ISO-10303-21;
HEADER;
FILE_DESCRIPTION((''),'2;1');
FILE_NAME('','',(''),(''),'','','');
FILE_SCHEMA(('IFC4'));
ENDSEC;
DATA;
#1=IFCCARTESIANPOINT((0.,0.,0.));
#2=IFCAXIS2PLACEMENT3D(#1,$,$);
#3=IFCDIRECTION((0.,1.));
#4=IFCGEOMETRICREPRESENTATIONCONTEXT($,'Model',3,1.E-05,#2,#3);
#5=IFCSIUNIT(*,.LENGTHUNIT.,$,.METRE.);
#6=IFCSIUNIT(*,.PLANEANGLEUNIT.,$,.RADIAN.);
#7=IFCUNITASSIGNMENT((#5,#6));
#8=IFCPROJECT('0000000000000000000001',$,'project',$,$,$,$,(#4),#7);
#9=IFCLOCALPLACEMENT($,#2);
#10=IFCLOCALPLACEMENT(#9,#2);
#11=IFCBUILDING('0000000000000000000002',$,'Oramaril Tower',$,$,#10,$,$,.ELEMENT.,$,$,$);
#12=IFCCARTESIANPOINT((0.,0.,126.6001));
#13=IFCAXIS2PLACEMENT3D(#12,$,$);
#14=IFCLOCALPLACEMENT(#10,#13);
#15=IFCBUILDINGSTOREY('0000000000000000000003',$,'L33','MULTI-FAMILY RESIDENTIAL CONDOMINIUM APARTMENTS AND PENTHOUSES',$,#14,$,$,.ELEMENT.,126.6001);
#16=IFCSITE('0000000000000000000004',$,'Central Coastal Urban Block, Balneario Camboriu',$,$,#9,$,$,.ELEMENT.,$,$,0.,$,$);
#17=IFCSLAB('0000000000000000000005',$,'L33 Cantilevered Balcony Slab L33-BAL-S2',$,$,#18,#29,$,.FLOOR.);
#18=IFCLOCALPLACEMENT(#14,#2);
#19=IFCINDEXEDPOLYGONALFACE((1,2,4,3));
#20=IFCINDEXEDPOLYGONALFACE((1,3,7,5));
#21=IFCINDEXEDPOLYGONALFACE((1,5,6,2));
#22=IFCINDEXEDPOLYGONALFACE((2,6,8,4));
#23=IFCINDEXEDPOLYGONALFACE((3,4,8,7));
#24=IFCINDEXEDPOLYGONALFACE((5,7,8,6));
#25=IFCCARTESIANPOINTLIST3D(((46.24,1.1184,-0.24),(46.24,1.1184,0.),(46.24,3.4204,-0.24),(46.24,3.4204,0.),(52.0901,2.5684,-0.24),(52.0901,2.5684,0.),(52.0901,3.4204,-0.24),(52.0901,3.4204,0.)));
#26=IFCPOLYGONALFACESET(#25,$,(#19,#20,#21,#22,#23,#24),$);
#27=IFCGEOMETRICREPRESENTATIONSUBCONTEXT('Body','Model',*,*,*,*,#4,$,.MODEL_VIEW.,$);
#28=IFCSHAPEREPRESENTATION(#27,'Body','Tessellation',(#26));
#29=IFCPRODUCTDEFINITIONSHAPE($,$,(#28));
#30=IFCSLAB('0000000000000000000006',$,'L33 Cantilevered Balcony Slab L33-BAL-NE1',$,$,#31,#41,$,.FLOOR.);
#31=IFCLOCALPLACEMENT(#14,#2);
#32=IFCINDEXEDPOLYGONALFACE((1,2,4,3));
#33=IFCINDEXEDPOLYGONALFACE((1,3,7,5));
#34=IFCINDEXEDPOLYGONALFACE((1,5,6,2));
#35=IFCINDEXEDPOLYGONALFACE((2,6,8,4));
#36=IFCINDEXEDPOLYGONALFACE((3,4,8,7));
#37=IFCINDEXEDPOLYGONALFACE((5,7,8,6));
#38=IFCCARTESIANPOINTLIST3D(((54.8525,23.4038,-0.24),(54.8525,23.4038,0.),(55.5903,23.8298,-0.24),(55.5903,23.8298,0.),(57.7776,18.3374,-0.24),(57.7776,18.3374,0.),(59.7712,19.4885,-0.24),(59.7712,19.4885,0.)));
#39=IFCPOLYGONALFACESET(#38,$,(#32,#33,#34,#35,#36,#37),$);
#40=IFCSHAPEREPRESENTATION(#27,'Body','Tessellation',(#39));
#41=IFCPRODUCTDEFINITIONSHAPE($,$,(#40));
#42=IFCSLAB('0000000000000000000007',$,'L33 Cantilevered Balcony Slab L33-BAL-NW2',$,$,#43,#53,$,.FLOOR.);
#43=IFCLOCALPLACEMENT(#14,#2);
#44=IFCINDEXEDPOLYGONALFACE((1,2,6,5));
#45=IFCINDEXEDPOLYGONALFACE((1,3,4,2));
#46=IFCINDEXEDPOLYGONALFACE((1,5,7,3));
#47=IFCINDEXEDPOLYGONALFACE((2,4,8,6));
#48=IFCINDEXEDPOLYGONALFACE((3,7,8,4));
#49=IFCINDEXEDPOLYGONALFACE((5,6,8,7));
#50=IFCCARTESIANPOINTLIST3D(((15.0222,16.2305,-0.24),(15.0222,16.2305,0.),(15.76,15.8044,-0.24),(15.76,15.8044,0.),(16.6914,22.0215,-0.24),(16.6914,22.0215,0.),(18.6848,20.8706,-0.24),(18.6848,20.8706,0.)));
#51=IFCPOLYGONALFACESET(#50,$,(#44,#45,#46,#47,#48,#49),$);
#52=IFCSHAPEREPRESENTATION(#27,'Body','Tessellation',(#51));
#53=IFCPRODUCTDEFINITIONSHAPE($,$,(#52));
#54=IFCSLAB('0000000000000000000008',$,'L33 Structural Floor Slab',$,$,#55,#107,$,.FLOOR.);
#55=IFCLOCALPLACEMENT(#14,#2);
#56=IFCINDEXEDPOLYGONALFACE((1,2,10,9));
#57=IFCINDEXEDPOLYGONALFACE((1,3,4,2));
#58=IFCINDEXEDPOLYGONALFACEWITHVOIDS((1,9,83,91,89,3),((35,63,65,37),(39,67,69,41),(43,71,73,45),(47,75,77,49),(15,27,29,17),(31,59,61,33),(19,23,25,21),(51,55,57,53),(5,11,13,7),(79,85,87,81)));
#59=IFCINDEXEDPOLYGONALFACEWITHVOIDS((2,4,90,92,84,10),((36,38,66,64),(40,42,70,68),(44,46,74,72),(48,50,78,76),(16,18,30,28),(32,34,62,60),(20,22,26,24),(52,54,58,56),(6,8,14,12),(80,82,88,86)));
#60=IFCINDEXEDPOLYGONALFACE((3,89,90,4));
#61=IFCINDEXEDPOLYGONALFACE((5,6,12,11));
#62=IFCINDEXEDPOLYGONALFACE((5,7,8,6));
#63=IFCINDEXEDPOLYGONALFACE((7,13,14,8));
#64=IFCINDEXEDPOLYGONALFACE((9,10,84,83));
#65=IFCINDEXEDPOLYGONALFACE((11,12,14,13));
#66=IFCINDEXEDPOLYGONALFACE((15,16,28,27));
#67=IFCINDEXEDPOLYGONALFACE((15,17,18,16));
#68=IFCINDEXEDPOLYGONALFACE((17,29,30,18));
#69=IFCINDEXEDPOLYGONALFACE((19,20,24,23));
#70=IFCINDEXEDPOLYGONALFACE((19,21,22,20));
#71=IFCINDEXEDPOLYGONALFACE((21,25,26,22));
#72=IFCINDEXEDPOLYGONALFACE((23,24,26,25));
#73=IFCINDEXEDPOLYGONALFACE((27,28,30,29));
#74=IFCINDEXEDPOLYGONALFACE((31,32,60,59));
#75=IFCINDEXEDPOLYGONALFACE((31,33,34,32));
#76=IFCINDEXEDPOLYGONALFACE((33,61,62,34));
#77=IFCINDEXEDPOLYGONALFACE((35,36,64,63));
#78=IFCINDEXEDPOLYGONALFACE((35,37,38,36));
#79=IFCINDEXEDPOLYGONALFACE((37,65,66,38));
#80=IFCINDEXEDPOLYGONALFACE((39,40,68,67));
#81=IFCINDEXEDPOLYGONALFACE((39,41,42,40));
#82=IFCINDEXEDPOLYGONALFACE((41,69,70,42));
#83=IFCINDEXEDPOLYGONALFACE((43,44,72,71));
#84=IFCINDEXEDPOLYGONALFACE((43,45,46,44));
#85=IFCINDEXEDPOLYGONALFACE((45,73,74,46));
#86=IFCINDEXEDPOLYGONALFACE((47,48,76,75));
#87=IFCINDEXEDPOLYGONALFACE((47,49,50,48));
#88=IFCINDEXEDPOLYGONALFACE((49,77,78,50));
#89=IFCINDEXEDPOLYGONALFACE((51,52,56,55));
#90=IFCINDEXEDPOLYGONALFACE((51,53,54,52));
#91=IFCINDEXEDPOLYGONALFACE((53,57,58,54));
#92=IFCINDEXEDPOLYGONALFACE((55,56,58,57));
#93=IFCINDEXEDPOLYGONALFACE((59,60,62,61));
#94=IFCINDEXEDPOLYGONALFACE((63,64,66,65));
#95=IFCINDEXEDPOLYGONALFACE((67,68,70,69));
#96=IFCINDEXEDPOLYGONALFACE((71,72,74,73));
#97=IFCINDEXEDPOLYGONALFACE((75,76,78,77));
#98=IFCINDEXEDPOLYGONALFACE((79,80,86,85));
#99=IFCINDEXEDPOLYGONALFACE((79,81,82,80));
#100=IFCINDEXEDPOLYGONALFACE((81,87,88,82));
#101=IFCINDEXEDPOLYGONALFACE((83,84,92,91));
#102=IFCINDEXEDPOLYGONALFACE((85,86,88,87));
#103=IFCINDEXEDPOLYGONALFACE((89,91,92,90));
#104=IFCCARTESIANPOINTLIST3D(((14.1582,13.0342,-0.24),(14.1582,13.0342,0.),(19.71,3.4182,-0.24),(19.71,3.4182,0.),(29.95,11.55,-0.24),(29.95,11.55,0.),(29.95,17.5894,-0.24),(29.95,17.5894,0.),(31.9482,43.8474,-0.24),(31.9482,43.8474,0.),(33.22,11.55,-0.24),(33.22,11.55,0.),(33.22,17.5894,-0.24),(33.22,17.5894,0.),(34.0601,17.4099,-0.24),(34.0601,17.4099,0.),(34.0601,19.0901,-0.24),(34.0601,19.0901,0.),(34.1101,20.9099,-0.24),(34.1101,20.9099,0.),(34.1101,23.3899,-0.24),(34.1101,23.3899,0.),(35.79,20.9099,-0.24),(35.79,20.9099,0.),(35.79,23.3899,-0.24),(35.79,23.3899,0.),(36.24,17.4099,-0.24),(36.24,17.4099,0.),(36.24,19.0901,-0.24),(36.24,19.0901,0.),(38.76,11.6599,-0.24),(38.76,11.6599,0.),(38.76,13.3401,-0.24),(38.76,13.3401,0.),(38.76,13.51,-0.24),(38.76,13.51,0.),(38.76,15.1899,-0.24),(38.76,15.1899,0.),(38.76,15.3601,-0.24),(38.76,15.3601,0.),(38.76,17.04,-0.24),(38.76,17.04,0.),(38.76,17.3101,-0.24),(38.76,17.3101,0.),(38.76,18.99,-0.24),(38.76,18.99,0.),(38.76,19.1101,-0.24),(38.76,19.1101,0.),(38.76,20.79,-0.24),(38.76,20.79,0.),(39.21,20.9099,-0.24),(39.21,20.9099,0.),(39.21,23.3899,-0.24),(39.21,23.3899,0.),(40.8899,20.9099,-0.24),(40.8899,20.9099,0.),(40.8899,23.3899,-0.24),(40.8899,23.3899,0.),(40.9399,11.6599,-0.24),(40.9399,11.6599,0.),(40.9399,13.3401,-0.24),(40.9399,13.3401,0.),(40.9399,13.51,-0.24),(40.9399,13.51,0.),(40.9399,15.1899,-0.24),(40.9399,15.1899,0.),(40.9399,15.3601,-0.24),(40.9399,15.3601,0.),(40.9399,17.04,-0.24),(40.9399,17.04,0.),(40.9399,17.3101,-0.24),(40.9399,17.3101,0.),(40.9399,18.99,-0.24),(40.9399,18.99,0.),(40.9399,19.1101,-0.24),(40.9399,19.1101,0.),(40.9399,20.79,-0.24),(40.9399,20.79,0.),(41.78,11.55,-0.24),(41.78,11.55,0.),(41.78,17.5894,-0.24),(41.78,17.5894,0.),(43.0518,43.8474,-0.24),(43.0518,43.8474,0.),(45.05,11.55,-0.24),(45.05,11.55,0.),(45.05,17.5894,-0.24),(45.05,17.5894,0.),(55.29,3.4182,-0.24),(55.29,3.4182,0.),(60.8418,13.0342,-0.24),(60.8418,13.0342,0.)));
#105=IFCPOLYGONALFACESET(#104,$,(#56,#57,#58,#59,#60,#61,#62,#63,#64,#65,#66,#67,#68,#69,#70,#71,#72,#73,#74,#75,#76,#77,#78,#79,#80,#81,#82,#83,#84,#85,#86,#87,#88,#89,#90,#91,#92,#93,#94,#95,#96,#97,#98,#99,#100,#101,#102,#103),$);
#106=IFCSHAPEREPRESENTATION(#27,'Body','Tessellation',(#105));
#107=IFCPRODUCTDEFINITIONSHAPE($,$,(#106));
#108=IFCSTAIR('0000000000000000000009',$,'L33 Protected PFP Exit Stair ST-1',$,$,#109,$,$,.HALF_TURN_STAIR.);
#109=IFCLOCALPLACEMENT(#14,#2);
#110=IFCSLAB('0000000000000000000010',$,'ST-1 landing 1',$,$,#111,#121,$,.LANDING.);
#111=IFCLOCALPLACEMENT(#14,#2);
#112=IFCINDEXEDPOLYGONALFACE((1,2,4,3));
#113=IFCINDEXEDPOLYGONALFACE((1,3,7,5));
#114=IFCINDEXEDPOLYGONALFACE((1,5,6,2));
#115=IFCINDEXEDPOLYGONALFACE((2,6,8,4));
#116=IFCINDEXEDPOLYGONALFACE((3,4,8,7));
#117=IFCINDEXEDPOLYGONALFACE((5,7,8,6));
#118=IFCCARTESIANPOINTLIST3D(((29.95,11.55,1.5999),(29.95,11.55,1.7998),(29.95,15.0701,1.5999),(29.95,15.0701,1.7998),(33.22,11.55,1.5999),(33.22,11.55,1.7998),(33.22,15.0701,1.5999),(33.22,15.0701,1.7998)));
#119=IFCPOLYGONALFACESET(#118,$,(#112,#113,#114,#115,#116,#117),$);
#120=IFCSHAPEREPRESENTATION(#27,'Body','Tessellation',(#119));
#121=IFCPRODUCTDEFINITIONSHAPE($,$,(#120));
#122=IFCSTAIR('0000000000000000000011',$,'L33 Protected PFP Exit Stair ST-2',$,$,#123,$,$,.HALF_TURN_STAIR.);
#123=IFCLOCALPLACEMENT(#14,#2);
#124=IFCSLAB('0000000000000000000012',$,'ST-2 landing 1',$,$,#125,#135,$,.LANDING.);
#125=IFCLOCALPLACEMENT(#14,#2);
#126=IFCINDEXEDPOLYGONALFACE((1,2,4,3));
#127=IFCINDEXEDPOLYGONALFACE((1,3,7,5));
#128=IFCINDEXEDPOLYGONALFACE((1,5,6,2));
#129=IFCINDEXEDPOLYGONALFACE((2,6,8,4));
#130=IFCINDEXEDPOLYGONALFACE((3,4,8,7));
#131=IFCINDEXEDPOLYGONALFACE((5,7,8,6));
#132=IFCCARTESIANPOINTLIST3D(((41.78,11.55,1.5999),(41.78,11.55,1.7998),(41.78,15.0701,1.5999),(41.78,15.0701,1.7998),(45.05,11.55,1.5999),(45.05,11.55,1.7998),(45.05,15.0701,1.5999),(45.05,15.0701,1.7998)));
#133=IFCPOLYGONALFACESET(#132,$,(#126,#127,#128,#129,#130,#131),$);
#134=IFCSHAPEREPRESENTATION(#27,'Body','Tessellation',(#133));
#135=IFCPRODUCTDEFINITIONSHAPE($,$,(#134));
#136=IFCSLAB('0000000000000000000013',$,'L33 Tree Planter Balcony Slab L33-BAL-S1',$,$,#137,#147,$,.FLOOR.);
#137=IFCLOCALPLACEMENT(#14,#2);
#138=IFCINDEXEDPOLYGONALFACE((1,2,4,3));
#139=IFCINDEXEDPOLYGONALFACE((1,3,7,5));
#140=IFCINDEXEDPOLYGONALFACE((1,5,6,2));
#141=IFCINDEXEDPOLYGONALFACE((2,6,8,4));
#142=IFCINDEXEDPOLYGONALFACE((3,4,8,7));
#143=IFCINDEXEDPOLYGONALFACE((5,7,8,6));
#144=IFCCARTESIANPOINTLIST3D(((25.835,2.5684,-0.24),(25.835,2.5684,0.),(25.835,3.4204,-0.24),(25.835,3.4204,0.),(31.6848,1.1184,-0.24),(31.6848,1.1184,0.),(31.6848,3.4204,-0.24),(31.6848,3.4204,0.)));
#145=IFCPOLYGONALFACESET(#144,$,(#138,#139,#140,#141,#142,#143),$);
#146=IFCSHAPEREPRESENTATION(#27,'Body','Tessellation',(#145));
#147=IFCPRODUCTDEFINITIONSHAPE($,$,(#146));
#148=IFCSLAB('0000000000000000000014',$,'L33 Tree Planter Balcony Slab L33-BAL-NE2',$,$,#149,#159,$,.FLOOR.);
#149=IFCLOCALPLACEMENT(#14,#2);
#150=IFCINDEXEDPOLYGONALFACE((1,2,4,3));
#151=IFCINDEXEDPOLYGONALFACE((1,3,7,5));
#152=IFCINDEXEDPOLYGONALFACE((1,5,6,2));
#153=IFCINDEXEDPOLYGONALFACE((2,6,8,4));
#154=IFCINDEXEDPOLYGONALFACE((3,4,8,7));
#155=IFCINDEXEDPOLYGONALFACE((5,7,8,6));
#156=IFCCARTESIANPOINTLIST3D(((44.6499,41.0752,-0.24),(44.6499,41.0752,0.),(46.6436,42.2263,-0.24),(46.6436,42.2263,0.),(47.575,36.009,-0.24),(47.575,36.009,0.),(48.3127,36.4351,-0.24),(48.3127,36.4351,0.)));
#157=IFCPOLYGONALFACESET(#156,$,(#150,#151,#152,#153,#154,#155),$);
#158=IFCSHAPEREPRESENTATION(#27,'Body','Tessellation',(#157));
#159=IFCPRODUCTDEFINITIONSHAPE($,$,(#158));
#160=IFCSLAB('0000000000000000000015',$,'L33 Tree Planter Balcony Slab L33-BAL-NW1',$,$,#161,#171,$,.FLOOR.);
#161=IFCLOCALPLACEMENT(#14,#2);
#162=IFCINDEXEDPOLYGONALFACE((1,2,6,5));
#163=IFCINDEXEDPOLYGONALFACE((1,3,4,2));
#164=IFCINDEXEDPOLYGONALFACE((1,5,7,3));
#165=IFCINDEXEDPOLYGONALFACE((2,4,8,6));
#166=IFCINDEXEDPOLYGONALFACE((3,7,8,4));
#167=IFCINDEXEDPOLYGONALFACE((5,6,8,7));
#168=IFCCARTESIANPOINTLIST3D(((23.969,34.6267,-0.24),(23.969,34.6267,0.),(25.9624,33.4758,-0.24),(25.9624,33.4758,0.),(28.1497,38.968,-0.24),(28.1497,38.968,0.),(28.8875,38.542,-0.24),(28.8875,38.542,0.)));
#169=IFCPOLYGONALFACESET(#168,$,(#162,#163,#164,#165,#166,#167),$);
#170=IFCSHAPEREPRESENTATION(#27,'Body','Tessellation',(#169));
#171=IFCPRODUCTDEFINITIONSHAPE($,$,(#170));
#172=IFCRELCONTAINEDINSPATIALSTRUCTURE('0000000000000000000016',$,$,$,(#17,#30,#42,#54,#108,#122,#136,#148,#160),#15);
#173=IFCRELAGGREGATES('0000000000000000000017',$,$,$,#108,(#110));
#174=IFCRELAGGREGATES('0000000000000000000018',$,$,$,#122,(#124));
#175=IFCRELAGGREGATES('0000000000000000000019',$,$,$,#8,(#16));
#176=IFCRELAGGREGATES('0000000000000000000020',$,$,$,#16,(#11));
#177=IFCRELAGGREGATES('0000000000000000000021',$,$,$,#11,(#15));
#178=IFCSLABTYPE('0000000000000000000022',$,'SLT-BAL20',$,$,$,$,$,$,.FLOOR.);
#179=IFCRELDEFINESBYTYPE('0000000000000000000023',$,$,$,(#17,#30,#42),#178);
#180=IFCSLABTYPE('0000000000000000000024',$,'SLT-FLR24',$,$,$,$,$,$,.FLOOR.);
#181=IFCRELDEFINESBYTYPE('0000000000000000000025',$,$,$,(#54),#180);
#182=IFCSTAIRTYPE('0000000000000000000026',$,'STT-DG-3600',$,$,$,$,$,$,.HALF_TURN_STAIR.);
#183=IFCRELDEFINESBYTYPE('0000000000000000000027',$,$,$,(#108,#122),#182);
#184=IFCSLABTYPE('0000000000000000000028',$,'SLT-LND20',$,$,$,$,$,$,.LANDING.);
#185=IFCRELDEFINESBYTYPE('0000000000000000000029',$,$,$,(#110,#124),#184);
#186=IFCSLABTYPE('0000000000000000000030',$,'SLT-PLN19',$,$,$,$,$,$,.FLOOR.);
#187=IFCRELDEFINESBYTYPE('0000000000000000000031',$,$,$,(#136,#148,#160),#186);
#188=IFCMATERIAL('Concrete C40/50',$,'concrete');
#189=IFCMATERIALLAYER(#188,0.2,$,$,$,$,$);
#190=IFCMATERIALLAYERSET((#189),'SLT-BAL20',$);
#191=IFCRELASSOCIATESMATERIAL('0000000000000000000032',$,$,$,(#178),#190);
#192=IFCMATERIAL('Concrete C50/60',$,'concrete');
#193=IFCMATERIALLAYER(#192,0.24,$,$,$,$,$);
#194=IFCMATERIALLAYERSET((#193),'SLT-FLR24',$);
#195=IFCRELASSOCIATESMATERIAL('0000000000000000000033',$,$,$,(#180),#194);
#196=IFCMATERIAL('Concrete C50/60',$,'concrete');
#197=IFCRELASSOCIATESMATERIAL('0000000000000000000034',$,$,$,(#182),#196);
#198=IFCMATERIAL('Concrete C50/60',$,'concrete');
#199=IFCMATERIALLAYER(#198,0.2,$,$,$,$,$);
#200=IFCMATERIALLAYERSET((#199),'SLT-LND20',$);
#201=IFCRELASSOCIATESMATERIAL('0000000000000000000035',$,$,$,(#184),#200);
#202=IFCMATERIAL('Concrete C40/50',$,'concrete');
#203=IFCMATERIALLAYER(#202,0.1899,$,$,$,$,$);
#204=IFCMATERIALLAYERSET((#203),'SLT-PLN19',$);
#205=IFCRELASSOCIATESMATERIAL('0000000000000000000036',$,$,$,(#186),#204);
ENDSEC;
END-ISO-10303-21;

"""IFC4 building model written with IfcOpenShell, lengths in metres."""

from ifc_helpers import new_model, si_unit, direction, frame, origin, place, context, subcontext, project, spatial, polyline, outline, extrude, material, layer, layer_set, type_object, element, aggregate, save


model = new_model("IFC4")

# Units and contexts
model_context = context("Model", 3, precision=1e-05, world=origin(), true_north=direction((0.0, 1.0)))
body_context = subcontext(model_context, "Body", "Model", "MODEL_VIEW")
ifc_project = project(units=[si_unit("LENGTHUNIT", "METRE"), si_unit("PLANEANGLEUNIT", "RADIAN")], contexts=[model_context])

# Site, building, storey
site_placement = place(None, origin())
site = spatial("IfcSite", under=ifc_project, at=site_placement, Name="Central Coastal Urban Block, Balneario Camboriu", CompositionType="ELEMENT", RefElevation=0.0)
building_placement = place(site_placement, origin())
building = spatial("IfcBuilding", under=site, at=building_placement, Name="Oramaril Tower", CompositionType="ELEMENT")
storey_placement = place(building_placement, frame((0.0, 0.0, 126.6001)))
storey = spatial("IfcBuildingStorey", under=building, at=storey_placement, Name="L33", Description="MULTI-FAMILY RESIDENTIAL CONDOMINIUM APARTMENTS AND PENTHOUSES", CompositionType="ELEMENT", Elevation=126.6001)

# Slabs
ifc_material_1 = material(Name="Concrete C40/50", Category="concrete")
ifc_layer_1 = layer(ifc_material_1, 0.2)
ifc_layer_set_1 = layer_set([ifc_layer_1], Name="SLT-BAL20")
slab_type_1 = type_object("IfcSlabType", Name="SLT-BAL20", PredefinedType="FLOOR", material=ifc_layer_set_1)
slab_1_placement = place(storey_placement, frame((0.0, 0.0, -0.24)))
element("IfcSlab", 1, at=slab_1_placement, inside=storey, type_object=slab_type_1, Name="L33 Cantilevered Balcony Slab L33-BAL-S2", PredefinedType="FLOOR", context=body_context, shape_type="SweptSolid", body=[
    extrude(outline(polyline([(46.24, 3.4204), (52.0901, 3.4204), (52.0901, 2.5684), (46.24, 1.1184), (46.24, 3.4204)])), origin(), (0.0, 0.0, 1.0), 0.24),
])
slab_2_placement = place(storey_placement, frame((0.0, 0.0, -0.24)))
element("IfcSlab", 2, at=slab_2_placement, inside=storey, type_object=slab_type_1, Name="L33 Cantilevered Balcony Slab L33-BAL-NE1", PredefinedType="FLOOR", context=body_context, shape_type="SweptSolid", body=[
    extrude(outline(polyline([(57.7776, 18.3374), (54.8525, 23.4038), (55.5903, 23.8298), (59.7712, 19.4885), (57.7776, 18.3374)])), origin(), (0.0, 0.0, 1.0), 0.24),
])
slab_3_placement = place(storey_placement, frame((0.0, 0.0, -0.24)))
element("IfcSlab", 3, at=slab_3_placement, inside=storey, type_object=slab_type_1, Name="L33 Cantilevered Balcony Slab L33-BAL-NW2", PredefinedType="FLOOR", context=body_context, shape_type="SweptSolid", body=[
    extrude(outline(polyline([(18.6848, 20.8706), (15.76, 15.8044), (15.0222, 16.2305), (16.6914, 22.0215), (18.6848, 20.8706)])), origin(), (0.0, 0.0, 1.0), 0.24),
])
ifc_material_2 = material(Name="Concrete C50/60", Category="concrete")
ifc_layer_2 = layer(ifc_material_2, 0.24)
ifc_layer_set_2 = layer_set([ifc_layer_2], Name="SLT-FLR24")
slab_type_2 = type_object("IfcSlabType", Name="SLT-FLR24", PredefinedType="FLOOR", material=ifc_layer_set_2)
slab_4_placement = place(storey_placement, frame((0.0, 0.0, -0.24)))
element("IfcSlab", 4, at=slab_4_placement, inside=storey, type_object=slab_type_2, Name="L33 Structural Floor Slab", PredefinedType="FLOOR", context=body_context, shape_type="SweptSolid", body=[
    extrude(outline(polyline([(14.1582, 13.0342), (19.71, 3.4182), (55.29, 3.4182), (60.8418, 13.0342), (43.0518, 43.8474), (31.9482, 43.8474), (14.1582, 13.0342)]), holes=[polyline([(29.95, 17.5894), (29.95, 11.55), (33.22, 11.55), (33.22, 17.5894), (29.95, 17.5894)]), polyline([(41.78, 17.5894), (41.78, 11.55), (45.05, 11.55), (45.05, 17.5894), (41.78, 17.5894)]), polyline([(34.1101, 20.9099), (35.79, 20.9099), (35.79, 23.3899), (34.1101, 23.3899), (34.1101, 20.9099)]), polyline([(39.21, 20.9099), (40.8899, 20.9099), (40.8899, 23.3899), (39.21, 23.3899), (39.21, 20.9099)]), polyline([(38.76, 11.6599), (40.9399, 11.6599), (40.9399, 13.3401), (38.76, 13.3401), (38.76, 11.6599)]), polyline([(38.76, 13.51), (40.9399, 13.51), (40.9399, 15.1899), (38.76, 15.1899), (38.76, 13.51)]), polyline([(38.76, 15.3601), (40.9399, 15.3601), (40.9399, 17.04), (38.76, 17.04), (38.76, 15.3601)]), polyline([(34.0601, 17.4099), (36.24, 17.4099), (36.24, 19.0901), (34.0601, 19.0901), (34.0601, 17.4099)]), polyline([(38.76, 17.3101), (40.9399, 17.3101), (40.9399, 18.99), (38.76, 18.99), (38.76, 17.3101)]), polyline([(38.76, 19.1101), (40.9399, 19.1101), (40.9399, 20.79), (38.76, 20.79), (38.76, 19.1101)])]), origin(), (0.0, 0.0, 1.0), 0.24),
])

# Stairs, slabs
ifc_material_3 = material(Name="Concrete C50/60", Category="concrete")
stair_type = type_object("IfcStairType", Name="STT-DG-3600", PredefinedType="HALF_TURN_STAIR", material=ifc_material_3)
stair_1_placement = place(storey_placement, origin())
stair_1 = element("IfcStair", 5, at=stair_1_placement, inside=storey, type_object=stair_type, Name="L33 Protected PFP Exit Stair ST-1", PredefinedType="HALF_TURN_STAIR")
ifc_material_4 = material(Name="Concrete C50/60", Category="concrete")
ifc_layer_3 = layer(ifc_material_4, 0.2)
ifc_layer_set_3 = layer_set([ifc_layer_3], Name="SLT-LND20")
slab_type_3 = type_object("IfcSlabType", Name="SLT-LND20", PredefinedType="LANDING", material=ifc_layer_set_3)
slab_5_placement = place(storey_placement, frame((0.0, 0.0, 1.5999)))
slab_5 = element("IfcSlab", 6, at=slab_5_placement, type_object=slab_type_3, Name="ST-1 landing 1", PredefinedType="LANDING", context=body_context, shape_type="SweptSolid", body=[
    extrude(outline(polyline([(29.95, 15.0701), (29.95, 11.55), (33.22, 11.55), (33.22, 15.0701), (29.95, 15.0701)])), origin(), (0.0, 0.0, 1.0), 0.2),
])
aggregate(stair_1, [slab_5])
stair_2_placement = place(storey_placement, origin())
stair_2 = element("IfcStair", 7, at=stair_2_placement, inside=storey, type_object=stair_type, Name="L33 Protected PFP Exit Stair ST-2", PredefinedType="HALF_TURN_STAIR")
slab_6_placement = place(storey_placement, frame((0.0, 0.0, 1.5999)))
slab_6 = element("IfcSlab", 8, at=slab_6_placement, type_object=slab_type_3, Name="ST-2 landing 1", PredefinedType="LANDING", context=body_context, shape_type="SweptSolid", body=[
    extrude(outline(polyline([(41.78, 15.0701), (41.78, 11.55), (45.05, 11.55), (45.05, 15.0701), (41.78, 15.0701)])), origin(), (0.0, 0.0, 1.0), 0.2),
])
aggregate(stair_2, [slab_6])

# Slabs
ifc_material_5 = material(Name="Concrete C40/50", Category="concrete")
ifc_layer_4 = layer(ifc_material_5, 0.1899)
ifc_layer_set_4 = layer_set([ifc_layer_4], Name="SLT-PLN19")
slab_type_4 = type_object("IfcSlabType", Name="SLT-PLN19", PredefinedType="FLOOR", material=ifc_layer_set_4)
slab_7_placement = place(storey_placement, frame((0.0, 0.0, -0.24)))
element("IfcSlab", 9, at=slab_7_placement, inside=storey, type_object=slab_type_4, Name="L33 Tree Planter Balcony Slab L33-BAL-S1", PredefinedType="FLOOR", context=body_context, shape_type="SweptSolid", body=[
    extrude(outline(polyline([(25.835, 3.4204), (31.6848, 3.4204), (31.6848, 1.1184), (25.835, 2.5684), (25.835, 3.4204)])), origin(), (0.0, 0.0, 1.0), 0.24),
])
slab_8_placement = place(storey_placement, frame((0.0, 0.0, -0.24)))
element("IfcSlab", 10, at=slab_8_placement, inside=storey, type_object=slab_type_4, Name="L33 Tree Planter Balcony Slab L33-BAL-NE2", PredefinedType="FLOOR", context=body_context, shape_type="SweptSolid", body=[
    extrude(outline(polyline([(47.575, 36.009), (44.6499, 41.0752), (46.6436, 42.2263), (48.3127, 36.4351), (47.575, 36.009)])), origin(), (0.0, 0.0, 1.0), 0.24),
])
slab_9_placement = place(storey_placement, frame((0.0, 0.0, -0.24)))
element("IfcSlab", 11, at=slab_9_placement, inside=storey, type_object=slab_type_4, Name="L33 Tree Planter Balcony Slab L33-BAL-NW1", PredefinedType="FLOOR", context=body_context, shape_type="SweptSolid", body=[
    extrude(outline(polyline([(28.8875, 38.542), (25.9624, 33.4758), (23.969, 34.6267), (28.1497, 38.968), (28.8875, 38.542)])), origin(), (0.0, 0.0, 1.0), 0.24),
])

save(model, "model.ifc")
